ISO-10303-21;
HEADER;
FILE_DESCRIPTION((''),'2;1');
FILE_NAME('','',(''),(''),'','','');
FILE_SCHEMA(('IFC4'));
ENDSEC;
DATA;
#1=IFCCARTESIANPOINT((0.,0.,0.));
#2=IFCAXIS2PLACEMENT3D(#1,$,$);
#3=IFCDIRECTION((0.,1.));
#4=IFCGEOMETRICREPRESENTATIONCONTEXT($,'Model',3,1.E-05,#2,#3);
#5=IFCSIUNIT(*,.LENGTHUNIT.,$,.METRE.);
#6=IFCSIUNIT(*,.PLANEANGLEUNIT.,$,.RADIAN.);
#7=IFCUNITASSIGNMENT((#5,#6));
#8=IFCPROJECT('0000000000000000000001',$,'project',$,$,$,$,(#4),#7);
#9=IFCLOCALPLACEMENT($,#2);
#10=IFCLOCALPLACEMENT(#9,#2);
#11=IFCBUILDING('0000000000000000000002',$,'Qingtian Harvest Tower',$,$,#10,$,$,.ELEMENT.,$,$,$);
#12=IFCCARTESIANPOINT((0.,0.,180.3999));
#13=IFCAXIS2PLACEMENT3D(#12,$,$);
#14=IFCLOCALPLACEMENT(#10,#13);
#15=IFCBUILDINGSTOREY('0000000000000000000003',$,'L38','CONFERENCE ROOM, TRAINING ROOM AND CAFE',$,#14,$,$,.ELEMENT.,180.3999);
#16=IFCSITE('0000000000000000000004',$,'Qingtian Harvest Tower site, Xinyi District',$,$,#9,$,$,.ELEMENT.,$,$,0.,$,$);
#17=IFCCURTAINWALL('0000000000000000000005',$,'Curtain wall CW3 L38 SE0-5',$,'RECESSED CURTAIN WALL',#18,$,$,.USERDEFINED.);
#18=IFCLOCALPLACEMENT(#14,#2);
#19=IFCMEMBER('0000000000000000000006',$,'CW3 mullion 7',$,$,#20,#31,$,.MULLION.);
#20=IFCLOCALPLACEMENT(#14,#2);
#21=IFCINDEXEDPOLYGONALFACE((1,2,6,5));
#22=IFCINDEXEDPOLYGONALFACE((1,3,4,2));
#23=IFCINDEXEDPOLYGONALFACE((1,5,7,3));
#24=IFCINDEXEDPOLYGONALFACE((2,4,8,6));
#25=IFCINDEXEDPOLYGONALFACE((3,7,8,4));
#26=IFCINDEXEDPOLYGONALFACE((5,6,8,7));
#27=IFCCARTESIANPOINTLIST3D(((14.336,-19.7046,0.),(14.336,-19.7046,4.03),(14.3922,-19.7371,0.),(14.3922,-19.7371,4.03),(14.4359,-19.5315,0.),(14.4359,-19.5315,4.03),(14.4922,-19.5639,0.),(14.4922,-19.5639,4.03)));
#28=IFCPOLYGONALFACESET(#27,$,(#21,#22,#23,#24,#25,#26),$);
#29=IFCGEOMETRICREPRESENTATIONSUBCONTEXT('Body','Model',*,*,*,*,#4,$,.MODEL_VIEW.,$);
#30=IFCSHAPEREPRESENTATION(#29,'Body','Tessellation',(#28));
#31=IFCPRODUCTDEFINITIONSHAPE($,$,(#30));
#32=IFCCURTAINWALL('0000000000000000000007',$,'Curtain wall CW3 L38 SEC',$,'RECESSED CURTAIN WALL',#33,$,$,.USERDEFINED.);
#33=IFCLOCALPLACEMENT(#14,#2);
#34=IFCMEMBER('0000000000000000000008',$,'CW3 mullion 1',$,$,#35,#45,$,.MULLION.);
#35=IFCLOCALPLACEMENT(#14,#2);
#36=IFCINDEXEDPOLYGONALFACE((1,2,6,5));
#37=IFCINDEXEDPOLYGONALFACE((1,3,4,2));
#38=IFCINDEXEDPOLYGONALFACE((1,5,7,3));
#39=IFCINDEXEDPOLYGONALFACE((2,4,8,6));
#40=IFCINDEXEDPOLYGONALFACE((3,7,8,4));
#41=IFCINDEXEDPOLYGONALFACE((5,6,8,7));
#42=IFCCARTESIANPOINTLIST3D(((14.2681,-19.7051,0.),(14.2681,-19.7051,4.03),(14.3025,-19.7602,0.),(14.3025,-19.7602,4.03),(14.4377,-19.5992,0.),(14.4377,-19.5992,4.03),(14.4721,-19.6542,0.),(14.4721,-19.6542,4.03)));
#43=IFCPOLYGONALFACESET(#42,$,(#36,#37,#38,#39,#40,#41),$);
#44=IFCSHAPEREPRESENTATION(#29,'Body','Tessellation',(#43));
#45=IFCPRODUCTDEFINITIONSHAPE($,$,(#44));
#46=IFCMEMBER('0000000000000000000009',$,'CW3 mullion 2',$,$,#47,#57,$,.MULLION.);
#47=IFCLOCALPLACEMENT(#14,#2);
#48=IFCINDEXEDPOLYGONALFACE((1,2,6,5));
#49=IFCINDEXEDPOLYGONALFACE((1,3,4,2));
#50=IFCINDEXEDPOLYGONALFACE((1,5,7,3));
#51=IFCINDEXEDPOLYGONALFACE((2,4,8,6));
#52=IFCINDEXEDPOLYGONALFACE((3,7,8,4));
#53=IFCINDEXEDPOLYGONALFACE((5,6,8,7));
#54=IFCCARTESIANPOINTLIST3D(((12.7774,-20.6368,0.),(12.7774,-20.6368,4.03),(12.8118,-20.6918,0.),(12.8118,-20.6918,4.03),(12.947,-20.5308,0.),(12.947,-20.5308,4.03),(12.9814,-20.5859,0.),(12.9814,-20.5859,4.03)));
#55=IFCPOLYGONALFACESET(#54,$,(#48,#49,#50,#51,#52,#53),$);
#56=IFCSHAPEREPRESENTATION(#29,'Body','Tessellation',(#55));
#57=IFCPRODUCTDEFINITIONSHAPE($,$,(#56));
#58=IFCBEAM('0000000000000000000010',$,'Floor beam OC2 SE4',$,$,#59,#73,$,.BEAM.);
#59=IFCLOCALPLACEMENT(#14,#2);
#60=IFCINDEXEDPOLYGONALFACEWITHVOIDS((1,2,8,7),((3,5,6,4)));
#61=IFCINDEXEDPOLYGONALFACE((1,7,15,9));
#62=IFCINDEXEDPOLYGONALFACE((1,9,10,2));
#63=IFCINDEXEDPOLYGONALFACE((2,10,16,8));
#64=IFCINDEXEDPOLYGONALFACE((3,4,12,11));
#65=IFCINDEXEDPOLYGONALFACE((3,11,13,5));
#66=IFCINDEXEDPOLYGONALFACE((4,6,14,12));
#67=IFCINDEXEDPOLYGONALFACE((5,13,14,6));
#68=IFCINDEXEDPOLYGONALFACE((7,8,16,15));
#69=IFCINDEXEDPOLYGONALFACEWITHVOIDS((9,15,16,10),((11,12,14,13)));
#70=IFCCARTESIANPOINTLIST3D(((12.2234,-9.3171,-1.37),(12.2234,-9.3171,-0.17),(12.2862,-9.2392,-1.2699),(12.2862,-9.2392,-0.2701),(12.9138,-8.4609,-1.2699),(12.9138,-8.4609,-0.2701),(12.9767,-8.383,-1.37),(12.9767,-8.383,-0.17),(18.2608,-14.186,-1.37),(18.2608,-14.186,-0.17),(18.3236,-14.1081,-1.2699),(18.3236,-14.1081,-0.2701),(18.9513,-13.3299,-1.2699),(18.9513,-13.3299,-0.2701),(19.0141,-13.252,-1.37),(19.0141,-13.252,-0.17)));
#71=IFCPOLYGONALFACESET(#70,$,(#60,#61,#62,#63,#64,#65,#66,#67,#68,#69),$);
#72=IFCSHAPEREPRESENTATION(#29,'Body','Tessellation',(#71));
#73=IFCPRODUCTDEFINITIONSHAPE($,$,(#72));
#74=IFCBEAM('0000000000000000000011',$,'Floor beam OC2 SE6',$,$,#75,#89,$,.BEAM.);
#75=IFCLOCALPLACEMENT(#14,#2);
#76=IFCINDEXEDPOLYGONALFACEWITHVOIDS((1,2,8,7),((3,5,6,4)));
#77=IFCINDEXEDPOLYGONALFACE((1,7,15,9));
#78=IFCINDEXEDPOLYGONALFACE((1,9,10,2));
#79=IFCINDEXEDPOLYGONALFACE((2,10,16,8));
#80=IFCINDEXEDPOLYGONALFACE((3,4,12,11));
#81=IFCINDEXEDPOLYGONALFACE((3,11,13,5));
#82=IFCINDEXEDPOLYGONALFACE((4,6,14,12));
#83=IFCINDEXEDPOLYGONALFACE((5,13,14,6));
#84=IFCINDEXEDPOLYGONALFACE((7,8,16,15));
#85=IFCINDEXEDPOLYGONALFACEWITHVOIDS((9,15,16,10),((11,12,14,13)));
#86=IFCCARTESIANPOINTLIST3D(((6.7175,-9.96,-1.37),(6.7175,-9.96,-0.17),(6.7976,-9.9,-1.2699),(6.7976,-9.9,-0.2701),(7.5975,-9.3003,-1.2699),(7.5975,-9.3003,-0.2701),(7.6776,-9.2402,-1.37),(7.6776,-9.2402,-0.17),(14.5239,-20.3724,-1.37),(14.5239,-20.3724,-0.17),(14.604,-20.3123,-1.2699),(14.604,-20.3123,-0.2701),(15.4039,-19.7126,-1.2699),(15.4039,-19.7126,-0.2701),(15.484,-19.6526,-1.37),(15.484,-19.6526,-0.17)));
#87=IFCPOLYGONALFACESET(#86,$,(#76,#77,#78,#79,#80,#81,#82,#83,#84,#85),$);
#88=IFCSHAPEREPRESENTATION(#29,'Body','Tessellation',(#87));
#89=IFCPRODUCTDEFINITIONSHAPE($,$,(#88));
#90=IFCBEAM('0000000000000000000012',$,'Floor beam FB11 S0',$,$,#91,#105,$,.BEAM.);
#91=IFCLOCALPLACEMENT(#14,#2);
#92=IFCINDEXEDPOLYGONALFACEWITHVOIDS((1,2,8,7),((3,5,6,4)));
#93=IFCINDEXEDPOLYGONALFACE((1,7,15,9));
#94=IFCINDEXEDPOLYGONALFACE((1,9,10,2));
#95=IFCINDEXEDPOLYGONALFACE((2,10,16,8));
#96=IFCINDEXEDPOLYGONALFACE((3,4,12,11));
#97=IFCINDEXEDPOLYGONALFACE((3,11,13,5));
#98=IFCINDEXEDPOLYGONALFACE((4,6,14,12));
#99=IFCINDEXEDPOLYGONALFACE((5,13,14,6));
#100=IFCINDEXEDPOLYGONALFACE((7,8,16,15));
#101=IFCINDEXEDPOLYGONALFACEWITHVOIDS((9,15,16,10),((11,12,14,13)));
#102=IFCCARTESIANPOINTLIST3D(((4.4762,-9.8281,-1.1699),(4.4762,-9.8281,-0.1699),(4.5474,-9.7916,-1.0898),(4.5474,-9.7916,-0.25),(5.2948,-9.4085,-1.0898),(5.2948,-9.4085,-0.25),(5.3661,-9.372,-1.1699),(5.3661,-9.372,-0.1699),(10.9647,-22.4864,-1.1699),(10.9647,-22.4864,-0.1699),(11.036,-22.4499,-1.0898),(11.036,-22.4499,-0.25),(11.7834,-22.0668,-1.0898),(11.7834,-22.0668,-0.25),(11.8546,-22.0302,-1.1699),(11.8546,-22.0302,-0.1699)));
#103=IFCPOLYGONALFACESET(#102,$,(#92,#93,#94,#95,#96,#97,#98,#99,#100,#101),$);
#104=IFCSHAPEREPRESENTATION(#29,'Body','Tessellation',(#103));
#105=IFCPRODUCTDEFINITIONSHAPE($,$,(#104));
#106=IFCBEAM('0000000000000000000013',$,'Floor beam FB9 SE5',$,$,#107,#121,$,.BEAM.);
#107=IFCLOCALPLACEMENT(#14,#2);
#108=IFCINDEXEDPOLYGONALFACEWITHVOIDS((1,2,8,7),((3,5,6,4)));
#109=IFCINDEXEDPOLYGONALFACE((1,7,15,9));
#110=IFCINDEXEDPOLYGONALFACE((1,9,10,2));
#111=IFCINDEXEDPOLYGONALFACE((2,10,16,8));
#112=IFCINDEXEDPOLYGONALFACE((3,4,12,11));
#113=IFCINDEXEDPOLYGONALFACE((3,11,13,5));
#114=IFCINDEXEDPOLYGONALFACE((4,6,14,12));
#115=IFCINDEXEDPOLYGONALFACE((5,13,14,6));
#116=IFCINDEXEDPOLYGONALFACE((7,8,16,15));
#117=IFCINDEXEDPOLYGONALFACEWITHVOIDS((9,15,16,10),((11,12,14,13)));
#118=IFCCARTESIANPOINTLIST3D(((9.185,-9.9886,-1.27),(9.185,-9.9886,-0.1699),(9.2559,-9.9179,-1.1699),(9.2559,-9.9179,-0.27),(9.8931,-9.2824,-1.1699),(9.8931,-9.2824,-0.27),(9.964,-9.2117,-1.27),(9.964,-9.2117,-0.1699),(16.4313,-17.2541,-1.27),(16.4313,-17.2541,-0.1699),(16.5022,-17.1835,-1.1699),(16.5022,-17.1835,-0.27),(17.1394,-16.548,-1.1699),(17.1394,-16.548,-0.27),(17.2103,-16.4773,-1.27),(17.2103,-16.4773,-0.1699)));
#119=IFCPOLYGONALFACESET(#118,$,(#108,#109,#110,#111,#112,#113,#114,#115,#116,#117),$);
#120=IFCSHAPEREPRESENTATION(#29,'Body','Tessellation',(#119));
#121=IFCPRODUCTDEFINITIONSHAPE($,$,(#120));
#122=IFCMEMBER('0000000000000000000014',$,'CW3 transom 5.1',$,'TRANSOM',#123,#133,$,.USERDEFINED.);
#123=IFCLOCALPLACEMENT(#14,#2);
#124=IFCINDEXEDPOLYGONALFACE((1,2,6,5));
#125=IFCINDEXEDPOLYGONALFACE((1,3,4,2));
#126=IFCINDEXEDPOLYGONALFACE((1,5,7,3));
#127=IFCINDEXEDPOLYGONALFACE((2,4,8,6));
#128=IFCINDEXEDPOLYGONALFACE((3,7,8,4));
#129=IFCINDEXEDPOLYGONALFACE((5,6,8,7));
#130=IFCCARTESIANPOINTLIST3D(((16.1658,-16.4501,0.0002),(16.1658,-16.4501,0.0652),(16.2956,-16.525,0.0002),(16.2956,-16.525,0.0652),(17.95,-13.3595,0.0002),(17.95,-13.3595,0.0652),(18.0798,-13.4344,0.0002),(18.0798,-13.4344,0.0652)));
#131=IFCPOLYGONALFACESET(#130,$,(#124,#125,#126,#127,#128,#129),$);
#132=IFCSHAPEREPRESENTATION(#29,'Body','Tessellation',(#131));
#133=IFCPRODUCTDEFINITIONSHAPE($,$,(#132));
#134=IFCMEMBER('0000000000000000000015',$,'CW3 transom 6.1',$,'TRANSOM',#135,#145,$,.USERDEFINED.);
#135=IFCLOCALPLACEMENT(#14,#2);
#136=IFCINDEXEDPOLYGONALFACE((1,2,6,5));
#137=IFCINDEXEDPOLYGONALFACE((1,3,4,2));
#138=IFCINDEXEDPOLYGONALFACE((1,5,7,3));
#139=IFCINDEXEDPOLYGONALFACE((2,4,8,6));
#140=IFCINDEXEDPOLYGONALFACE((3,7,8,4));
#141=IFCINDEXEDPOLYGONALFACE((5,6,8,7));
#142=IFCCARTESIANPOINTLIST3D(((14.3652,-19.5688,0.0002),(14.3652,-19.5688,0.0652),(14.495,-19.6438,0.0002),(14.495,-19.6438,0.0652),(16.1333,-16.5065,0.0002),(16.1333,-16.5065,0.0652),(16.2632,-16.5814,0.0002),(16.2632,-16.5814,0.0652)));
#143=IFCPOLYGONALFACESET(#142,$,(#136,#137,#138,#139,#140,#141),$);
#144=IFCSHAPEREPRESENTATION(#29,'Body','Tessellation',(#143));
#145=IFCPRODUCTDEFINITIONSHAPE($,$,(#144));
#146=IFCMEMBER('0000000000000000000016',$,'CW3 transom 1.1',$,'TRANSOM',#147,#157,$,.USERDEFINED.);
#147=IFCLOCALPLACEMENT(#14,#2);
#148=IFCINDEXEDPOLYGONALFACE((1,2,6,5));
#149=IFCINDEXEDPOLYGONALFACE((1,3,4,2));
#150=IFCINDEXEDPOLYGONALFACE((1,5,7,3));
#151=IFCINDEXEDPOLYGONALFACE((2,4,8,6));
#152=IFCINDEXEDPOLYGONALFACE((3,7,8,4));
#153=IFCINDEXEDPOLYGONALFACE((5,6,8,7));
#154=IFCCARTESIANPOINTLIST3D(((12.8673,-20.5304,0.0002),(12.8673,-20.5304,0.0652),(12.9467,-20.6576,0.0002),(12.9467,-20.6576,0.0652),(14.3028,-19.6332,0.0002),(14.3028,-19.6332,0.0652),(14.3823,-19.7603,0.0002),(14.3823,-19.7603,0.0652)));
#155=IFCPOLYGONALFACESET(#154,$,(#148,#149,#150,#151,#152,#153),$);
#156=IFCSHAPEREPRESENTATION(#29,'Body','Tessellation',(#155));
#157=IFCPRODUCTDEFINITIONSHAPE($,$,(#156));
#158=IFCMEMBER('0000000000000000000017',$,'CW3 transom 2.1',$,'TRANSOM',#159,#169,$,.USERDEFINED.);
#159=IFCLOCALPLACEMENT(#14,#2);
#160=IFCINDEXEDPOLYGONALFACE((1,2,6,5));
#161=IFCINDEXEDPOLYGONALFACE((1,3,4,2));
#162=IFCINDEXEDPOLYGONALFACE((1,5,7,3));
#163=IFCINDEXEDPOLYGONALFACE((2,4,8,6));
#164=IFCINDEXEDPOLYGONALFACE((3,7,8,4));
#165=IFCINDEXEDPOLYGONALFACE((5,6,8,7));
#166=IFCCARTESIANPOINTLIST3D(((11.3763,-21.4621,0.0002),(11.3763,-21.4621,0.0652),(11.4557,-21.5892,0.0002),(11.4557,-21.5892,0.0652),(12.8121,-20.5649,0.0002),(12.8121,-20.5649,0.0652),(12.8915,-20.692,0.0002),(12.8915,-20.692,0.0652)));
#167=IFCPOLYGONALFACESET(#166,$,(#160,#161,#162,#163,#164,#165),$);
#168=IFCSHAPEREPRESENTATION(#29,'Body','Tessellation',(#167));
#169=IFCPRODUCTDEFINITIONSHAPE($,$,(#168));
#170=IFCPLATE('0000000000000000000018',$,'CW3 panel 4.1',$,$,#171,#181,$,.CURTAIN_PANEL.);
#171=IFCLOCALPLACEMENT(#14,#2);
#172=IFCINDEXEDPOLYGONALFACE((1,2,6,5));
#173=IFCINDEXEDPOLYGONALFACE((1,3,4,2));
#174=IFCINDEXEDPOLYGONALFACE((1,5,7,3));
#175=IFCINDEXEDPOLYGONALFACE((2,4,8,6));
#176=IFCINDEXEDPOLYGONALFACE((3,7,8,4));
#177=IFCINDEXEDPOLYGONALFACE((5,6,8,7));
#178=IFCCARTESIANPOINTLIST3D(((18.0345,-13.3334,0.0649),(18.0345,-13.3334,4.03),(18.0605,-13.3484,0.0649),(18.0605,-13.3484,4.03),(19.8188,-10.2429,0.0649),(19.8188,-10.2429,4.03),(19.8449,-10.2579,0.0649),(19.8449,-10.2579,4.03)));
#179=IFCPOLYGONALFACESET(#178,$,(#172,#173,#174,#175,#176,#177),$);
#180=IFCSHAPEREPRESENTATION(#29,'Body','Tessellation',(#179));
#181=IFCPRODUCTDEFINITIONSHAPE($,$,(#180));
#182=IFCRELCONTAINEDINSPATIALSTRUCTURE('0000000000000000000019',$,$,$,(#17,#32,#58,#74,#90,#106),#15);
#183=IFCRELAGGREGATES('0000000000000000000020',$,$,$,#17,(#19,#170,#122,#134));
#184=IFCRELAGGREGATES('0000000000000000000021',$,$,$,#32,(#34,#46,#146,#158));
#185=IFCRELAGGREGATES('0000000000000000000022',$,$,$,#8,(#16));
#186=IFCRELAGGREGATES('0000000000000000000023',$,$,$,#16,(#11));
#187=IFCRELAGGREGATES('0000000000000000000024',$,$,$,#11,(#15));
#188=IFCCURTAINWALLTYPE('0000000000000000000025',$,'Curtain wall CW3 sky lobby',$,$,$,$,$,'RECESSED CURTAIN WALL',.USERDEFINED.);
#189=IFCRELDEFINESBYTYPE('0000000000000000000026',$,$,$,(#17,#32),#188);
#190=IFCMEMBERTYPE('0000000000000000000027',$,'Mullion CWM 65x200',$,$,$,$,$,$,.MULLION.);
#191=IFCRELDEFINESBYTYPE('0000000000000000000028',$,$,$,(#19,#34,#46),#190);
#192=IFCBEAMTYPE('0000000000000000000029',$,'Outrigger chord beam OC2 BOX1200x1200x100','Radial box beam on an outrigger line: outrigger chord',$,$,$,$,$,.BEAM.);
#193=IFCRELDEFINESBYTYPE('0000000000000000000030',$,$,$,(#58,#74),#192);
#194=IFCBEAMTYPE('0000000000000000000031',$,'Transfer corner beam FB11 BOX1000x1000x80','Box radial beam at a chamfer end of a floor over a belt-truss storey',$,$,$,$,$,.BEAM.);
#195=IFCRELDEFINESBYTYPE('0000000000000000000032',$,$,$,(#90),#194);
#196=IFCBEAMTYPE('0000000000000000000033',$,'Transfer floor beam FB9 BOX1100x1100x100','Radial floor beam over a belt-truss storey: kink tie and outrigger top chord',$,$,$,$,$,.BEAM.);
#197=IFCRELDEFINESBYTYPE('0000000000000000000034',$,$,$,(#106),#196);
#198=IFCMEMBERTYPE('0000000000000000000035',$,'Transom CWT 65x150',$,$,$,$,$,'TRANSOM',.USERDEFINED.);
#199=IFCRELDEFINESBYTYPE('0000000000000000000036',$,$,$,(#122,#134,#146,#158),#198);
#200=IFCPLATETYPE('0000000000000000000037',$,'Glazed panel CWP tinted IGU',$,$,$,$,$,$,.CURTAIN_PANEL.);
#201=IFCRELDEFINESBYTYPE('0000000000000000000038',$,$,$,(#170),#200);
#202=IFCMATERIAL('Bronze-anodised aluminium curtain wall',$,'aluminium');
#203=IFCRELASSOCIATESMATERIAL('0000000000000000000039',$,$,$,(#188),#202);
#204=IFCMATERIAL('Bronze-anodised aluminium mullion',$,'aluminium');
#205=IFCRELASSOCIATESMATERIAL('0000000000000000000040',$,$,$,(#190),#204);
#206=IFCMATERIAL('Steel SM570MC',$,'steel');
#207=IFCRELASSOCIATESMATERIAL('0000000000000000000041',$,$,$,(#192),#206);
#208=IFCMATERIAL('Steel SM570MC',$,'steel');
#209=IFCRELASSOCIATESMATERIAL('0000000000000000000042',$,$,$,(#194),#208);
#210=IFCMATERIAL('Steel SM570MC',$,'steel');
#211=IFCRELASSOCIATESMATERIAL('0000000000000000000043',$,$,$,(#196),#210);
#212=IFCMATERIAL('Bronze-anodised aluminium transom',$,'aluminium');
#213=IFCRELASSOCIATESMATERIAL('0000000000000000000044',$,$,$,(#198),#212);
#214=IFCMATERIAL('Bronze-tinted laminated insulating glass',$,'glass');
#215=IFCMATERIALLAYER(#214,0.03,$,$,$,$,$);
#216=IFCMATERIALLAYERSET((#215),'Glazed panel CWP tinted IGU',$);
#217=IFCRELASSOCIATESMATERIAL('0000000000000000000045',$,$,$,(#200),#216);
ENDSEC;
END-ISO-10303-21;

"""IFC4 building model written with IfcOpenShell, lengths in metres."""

from ifc_helpers import new_model, si_unit, direction, frame, origin, origin_2d, place, context, subcontext, project, spatial, rectangle, hollow_rectangle, extrude, material, layer, layer_set, material_profile, profile_set, type_object, element, aggregate, save


model = new_model("IFC4")

# Units and contexts
model_context = context("Model", 3, precision=1e-05, world=origin(), true_north=direction((0.0, 1.0)))
body_context = subcontext(model_context, "Body", "Model", "MODEL_VIEW")
ifc_project = project(units=[si_unit("LENGTHUNIT", "METRE"), si_unit("PLANEANGLEUNIT", "RADIAN")], contexts=[model_context])

# Site, building, storey
site_placement = place(None, origin())
site = spatial("IfcSite", under=ifc_project, at=site_placement, Name="Qingtian Harvest Tower site, Xinyi District", CompositionType="ELEMENT", RefElevation=0.0)
building_placement = place(site_placement, origin())
building = spatial("IfcBuilding", under=site, at=building_placement, Name="Qingtian Harvest Tower", CompositionType="ELEMENT")
storey_placement = place(building_placement, frame((0.0, 0.0, 180.3999)))
storey = spatial("IfcBuildingStorey", under=building, at=storey_placement, Name="L38", Description="CONFERENCE ROOM, TRAINING ROOM AND CAFE", CompositionType="ELEMENT", Elevation=180.3999)

# Curtain walls, members
ifc_material_1 = material(Name="Bronze-anodised aluminium curtain wall", Category="aluminium")
curtain_wall_type = type_object("IfcCurtainWallType", Name="Curtain wall CW3 sky lobby", ElementType="RECESSED CURTAIN WALL", PredefinedType="USERDEFINED", material=ifc_material_1)
curtain_wall_1_placement = place(storey_placement, origin())
curtain_wall_1 = element("IfcCurtainWall", 1, at=curtain_wall_1_placement, inside=storey, type_object=curtain_wall_type, Name="Curtain wall CW3 L38 SE0-5", ObjectType="RECESSED CURTAIN WALL", PredefinedType="USERDEFINED")
ifc_material_2 = material(Name="Bronze-anodised aluminium mullion", Category="aluminium")
ifc_material_profile_1 = material_profile(ifc_material_2, rectangle(XDim=0.0649, YDim=0.2, at=origin_2d()), Name="AL 65x200")
ifc_profile_set_1 = profile_set([ifc_material_profile_1], Name="Bronze-anodised aluminium mullion")
member_type_1 = type_object("IfcMemberType", Name="Mullion CWM 65x200", PredefinedType="MULLION", material=ifc_profile_set_1)
member_1_placement = place(storey_placement, frame((14.4141, -19.6343, 0.0), z_axis=(0.0, 0.0, 1.0), x_axis=(0.866025, -0.5, 0.0)))
member_1 = element("IfcMember", 2, at=member_1_placement, type_object=member_type_1, Name="CW3 mullion 7", PredefinedType="MULLION", context=body_context, shape_type="SweptSolid", body=[
    extrude(rectangle(XDim=0.0649, YDim=0.2, at=origin_2d()), origin(), (0.0, 0.0, 1.0), 4.03),
])
curtain_wall_2_placement = place(storey_placement, origin())
curtain_wall_2 = element("IfcCurtainWall", 3, at=curtain_wall_2_placement, inside=storey, type_object=curtain_wall_type, Name="Curtain wall CW3 L38 SEC", ObjectType="RECESSED CURTAIN WALL", PredefinedType="USERDEFINED")
member_2_placement = place(storey_placement, frame((14.3701, -19.6797, 0.0), z_axis=(0.0, 0.0, 1.0), x_axis=(0.529919, -0.848048, 0.0)))
member_2 = element("IfcMember", 4, at=member_2_placement, type_object=member_type_1, Name="CW3 mullion 1", PredefinedType="MULLION", context=body_context, shape_type="SweptSolid", body=[
    extrude(rectangle(XDim=0.0649, YDim=0.2, at=origin_2d()), origin(), (0.0, 0.0, 1.0), 4.03),
])
member_3_placement = place(storey_placement, frame((12.8794, -20.6113, 0.0), z_axis=(0.0, 0.0, 1.0), x_axis=(0.529919, -0.848048, 0.0)))
member_3 = element("IfcMember", 5, at=member_3_placement, type_object=member_type_1, Name="CW3 mullion 2", PredefinedType="MULLION", context=body_context, shape_type="SweptSolid", body=[
    extrude(rectangle(XDim=0.0649, YDim=0.2, at=origin_2d()), origin(), (0.0, 0.0, 1.0), 4.03),
])

# Beams
ifc_material_3 = material(Name="Steel SM570MC", Category="steel")
ifc_material_profile_2 = material_profile(ifc_material_3, hollow_rectangle(XDim=1.2, YDim=1.2, WallThickness=0.1001, at=origin_2d()), Name="BOX1200x1200x100")
ifc_profile_set_2 = profile_set([ifc_material_profile_2], Name="Steel SM570MC")
beam_type_1 = type_object("IfcBeamType", Name="Outrigger chord beam OC2 BOX1200x1200x100", Description="Radial box beam on an outrigger line: outrigger chord", PredefinedType="BEAM", material=ifc_profile_set_2)
beam_1_placement = place(storey_placement, frame((18.6375, -13.719, -0.77), z_axis=(-0.778409, 0.627757, 0.0), x_axis=(-0.627757, -0.778409, 0.0)))
element("IfcBeam", 6, at=beam_1_placement, inside=storey, type_object=beam_type_1, Name="Floor beam OC2 SE4", PredefinedType="BEAM", context=body_context, shape_type="SweptSolid", body=[
    extrude(hollow_rectangle(XDim=1.2, YDim=1.2, WallThickness=0.1001, at=origin_2d()), origin(), (0.0, 0.0, 1.0), 7.7561),
])
beam_2_placement = place(storey_placement, frame((15.0039, -20.0125, -0.77), z_axis=(-0.599859, 0.800106, 0.0), x_axis=(-0.800106, -0.599859, 0.0)))
element("IfcBeam", 7, at=beam_2_placement, inside=storey, type_object=beam_type_1, Name="Floor beam OC2 SE6", PredefinedType="BEAM", context=body_context, shape_type="SweptSolid", body=[
    extrude(hollow_rectangle(XDim=1.2, YDim=1.2, WallThickness=0.1001, at=origin_2d()), origin(), (0.0, 0.0, 1.0), 13.0137),
])
ifc_material_4 = material(Name="Steel SM570MC", Category="steel")
ifc_material_profile_3 = material_profile(ifc_material_4, hollow_rectangle(XDim=1.0, YDim=1.0, WallThickness=0.0801, at=origin_2d()), Name="BOX1000x1000x80")
ifc_profile_set_3 = profile_set([ifc_material_profile_3], Name="Steel SM570MC")
beam_type_2 = type_object("IfcBeamType", Name="Transfer corner beam FB11 BOX1000x1000x80", Description="Box radial beam at a chamfer end of a floor over a belt-truss storey", PredefinedType="BEAM", material=ifc_profile_set_3)
beam_3_placement = place(storey_placement, frame((11.4097, -22.2583, -0.6699), z_axis=(-0.456157, 0.889899, 0.0), x_axis=(-0.889899, -0.456157, 0.0)))
element("IfcBeam", 8, at=beam_3_placement, inside=storey, type_object=beam_type_2, Name="Floor beam FB11 S0", PredefinedType="BEAM", context=body_context, shape_type="SweptSolid", body=[
    extrude(hollow_rectangle(XDim=1.0, YDim=1.0, WallThickness=0.0801, at=origin_2d()), origin(), (0.0, 0.0, 1.0), 14.2244),
])
ifc_material_5 = material(Name="Steel SM570MC", Category="steel")
ifc_material_profile_4 = material_profile(ifc_material_5, hollow_rectangle(XDim=1.1001, YDim=1.1001, WallThickness=0.1001, at=origin_2d()), Name="BOX1100x1100x100")
ifc_profile_set_4 = profile_set([ifc_material_profile_4], Name="Steel SM570MC")
beam_type_3 = type_object("IfcBeamType", Name="Transfer floor beam FB9 BOX1100x1100x100", Description="Radial floor beam over a belt-truss storey: kink tie and outrigger top chord", PredefinedType="BEAM", material=ifc_profile_set_4)
beam_4_placement = place(storey_placement, frame((16.8208, -16.8657, -0.72), z_axis=(-0.706166, 0.708046, 0.0), x_axis=(-0.708046, -0.706166, 0.0)))
element("IfcBeam", 9, at=beam_4_placement, inside=storey, type_object=beam_type_3, Name="Floor beam FB9 SE5", PredefinedType="BEAM", context=body_context, shape_type="SweptSolid", body=[
    extrude(hollow_rectangle(XDim=1.1001, YDim=1.1001, WallThickness=0.1001, at=origin_2d()), origin(), (0.0, 0.0, 1.0), 10.2615),
])

# Members
ifc_material_6 = material(Name="Bronze-anodised aluminium transom", Category="aluminium")
ifc_material_profile_5 = material_profile(ifc_material_6, rectangle(XDim=0.1499, YDim=0.0649, at=origin_2d()), Name="AL 65x150")
ifc_profile_set_5 = profile_set([ifc_material_profile_5], Name="Bronze-anodised aluminium transom")
member_type_2 = type_object("IfcMemberType", Name="Transom CWT 65x150", ElementType="TRANSOM", PredefinedType="USERDEFINED", material=ifc_profile_set_5)
member_4_placement = place(storey_placement, frame((18.0149, -13.397, 0.0327), z_axis=(-0.499965, -0.866045, 0.0), x_axis=(0.866045, -0.499965, 0.0)))
member_4 = element("IfcMember", 10, at=member_4_placement, type_object=member_type_2, Name="CW3 transom 5.1", ObjectType="TRANSOM", PredefinedType="USERDEFINED", context=body_context, shape_type="SweptSolid", body=[
    extrude(rectangle(XDim=0.1499, YDim=0.0649, at=origin_2d()), origin(), (0.0, 0.0, 1.0), 3.5686),
])
member_5_placement = place(storey_placement, frame((16.1982, -16.5439, 0.0327), z_axis=(-0.500015, -0.866017, 0.0), x_axis=(0.866017, -0.500015, 0.0)))
member_5 = element("IfcMember", 11, at=member_5_placement, type_object=member_type_2, Name="CW3 transom 6.1", ObjectType="TRANSOM", PredefinedType="USERDEFINED", context=body_context, shape_type="SweptSolid", body=[
    extrude(rectangle(XDim=0.1499, YDim=0.0649, at=origin_2d()), origin(), (0.0, 0.0, 1.0), 3.5361),
])
member_6_placement = place(storey_placement, frame((14.3425, -19.6968, 0.0327), z_axis=(-0.847998, -0.529999, 0.0), x_axis=(0.529999, -0.847998, 0.0)))
member_6 = element("IfcMember", 12, at=member_6_placement, type_object=member_type_2, Name="CW3 transom 1.1", ObjectType="TRANSOM", PredefinedType="USERDEFINED", context=body_context, shape_type="SweptSolid", body=[
    extrude(rectangle(XDim=0.1499, YDim=0.0649, at=origin_2d()), origin(), (0.0, 0.0, 1.0), 1.6929),
])
member_7_placement = place(storey_placement, frame((12.8518, -20.6284, 0.0327), z_axis=(-0.848039, -0.529934, 0.0), x_axis=(0.529934, -0.848039, 0.0)))
member_7 = element("IfcMember", 13, at=member_7_placement, type_object=member_type_2, Name="CW3 transom 2.1", ObjectType="TRANSOM", PredefinedType="USERDEFINED", context=body_context, shape_type="SweptSolid", body=[
    extrude(rectangle(XDim=0.1499, YDim=0.0649, at=origin_2d()), origin(), (0.0, 0.0, 1.0), 1.6931),
])

# Plate
ifc_material_7 = material(Name="Bronze-tinted laminated insulating glass", Category="glass")
ifc_layer_1 = layer(ifc_material_7, 0.03)
ifc_layer_set_1 = layer_set([ifc_layer_1], Name="Glazed panel CWP tinted IGU")
plate_type = type_object("IfcPlateType", Name="Glazed panel CWP tinted IGU", PredefinedType="CURTAIN_PANEL", material=ifc_layer_set_1)
plate_1_placement = place(storey_placement, frame((18.9397, -11.7957, 0.0649), z_axis=(0.0, 0.0, 1.0), x_axis=(-0.5, -0.866025, 0.0)))
plate_1 = element("IfcPlate", 14, at=plate_1_placement, type_object=plate_type, Name="CW3 panel 4.1", PredefinedType="CURTAIN_PANEL", context=body_context, shape_type="SweptSolid", body=[
    extrude(rectangle(XDim=3.5686, YDim=0.03, at=origin_2d()), origin(), (0.0, 0.0, 1.0), 3.9651),
])
aggregate(curtain_wall_1, [member_1, plate_1, member_4, member_5])
aggregate(curtain_wall_2, [member_2, member_3, member_6, member_7])

save(model, "model.ifc")
